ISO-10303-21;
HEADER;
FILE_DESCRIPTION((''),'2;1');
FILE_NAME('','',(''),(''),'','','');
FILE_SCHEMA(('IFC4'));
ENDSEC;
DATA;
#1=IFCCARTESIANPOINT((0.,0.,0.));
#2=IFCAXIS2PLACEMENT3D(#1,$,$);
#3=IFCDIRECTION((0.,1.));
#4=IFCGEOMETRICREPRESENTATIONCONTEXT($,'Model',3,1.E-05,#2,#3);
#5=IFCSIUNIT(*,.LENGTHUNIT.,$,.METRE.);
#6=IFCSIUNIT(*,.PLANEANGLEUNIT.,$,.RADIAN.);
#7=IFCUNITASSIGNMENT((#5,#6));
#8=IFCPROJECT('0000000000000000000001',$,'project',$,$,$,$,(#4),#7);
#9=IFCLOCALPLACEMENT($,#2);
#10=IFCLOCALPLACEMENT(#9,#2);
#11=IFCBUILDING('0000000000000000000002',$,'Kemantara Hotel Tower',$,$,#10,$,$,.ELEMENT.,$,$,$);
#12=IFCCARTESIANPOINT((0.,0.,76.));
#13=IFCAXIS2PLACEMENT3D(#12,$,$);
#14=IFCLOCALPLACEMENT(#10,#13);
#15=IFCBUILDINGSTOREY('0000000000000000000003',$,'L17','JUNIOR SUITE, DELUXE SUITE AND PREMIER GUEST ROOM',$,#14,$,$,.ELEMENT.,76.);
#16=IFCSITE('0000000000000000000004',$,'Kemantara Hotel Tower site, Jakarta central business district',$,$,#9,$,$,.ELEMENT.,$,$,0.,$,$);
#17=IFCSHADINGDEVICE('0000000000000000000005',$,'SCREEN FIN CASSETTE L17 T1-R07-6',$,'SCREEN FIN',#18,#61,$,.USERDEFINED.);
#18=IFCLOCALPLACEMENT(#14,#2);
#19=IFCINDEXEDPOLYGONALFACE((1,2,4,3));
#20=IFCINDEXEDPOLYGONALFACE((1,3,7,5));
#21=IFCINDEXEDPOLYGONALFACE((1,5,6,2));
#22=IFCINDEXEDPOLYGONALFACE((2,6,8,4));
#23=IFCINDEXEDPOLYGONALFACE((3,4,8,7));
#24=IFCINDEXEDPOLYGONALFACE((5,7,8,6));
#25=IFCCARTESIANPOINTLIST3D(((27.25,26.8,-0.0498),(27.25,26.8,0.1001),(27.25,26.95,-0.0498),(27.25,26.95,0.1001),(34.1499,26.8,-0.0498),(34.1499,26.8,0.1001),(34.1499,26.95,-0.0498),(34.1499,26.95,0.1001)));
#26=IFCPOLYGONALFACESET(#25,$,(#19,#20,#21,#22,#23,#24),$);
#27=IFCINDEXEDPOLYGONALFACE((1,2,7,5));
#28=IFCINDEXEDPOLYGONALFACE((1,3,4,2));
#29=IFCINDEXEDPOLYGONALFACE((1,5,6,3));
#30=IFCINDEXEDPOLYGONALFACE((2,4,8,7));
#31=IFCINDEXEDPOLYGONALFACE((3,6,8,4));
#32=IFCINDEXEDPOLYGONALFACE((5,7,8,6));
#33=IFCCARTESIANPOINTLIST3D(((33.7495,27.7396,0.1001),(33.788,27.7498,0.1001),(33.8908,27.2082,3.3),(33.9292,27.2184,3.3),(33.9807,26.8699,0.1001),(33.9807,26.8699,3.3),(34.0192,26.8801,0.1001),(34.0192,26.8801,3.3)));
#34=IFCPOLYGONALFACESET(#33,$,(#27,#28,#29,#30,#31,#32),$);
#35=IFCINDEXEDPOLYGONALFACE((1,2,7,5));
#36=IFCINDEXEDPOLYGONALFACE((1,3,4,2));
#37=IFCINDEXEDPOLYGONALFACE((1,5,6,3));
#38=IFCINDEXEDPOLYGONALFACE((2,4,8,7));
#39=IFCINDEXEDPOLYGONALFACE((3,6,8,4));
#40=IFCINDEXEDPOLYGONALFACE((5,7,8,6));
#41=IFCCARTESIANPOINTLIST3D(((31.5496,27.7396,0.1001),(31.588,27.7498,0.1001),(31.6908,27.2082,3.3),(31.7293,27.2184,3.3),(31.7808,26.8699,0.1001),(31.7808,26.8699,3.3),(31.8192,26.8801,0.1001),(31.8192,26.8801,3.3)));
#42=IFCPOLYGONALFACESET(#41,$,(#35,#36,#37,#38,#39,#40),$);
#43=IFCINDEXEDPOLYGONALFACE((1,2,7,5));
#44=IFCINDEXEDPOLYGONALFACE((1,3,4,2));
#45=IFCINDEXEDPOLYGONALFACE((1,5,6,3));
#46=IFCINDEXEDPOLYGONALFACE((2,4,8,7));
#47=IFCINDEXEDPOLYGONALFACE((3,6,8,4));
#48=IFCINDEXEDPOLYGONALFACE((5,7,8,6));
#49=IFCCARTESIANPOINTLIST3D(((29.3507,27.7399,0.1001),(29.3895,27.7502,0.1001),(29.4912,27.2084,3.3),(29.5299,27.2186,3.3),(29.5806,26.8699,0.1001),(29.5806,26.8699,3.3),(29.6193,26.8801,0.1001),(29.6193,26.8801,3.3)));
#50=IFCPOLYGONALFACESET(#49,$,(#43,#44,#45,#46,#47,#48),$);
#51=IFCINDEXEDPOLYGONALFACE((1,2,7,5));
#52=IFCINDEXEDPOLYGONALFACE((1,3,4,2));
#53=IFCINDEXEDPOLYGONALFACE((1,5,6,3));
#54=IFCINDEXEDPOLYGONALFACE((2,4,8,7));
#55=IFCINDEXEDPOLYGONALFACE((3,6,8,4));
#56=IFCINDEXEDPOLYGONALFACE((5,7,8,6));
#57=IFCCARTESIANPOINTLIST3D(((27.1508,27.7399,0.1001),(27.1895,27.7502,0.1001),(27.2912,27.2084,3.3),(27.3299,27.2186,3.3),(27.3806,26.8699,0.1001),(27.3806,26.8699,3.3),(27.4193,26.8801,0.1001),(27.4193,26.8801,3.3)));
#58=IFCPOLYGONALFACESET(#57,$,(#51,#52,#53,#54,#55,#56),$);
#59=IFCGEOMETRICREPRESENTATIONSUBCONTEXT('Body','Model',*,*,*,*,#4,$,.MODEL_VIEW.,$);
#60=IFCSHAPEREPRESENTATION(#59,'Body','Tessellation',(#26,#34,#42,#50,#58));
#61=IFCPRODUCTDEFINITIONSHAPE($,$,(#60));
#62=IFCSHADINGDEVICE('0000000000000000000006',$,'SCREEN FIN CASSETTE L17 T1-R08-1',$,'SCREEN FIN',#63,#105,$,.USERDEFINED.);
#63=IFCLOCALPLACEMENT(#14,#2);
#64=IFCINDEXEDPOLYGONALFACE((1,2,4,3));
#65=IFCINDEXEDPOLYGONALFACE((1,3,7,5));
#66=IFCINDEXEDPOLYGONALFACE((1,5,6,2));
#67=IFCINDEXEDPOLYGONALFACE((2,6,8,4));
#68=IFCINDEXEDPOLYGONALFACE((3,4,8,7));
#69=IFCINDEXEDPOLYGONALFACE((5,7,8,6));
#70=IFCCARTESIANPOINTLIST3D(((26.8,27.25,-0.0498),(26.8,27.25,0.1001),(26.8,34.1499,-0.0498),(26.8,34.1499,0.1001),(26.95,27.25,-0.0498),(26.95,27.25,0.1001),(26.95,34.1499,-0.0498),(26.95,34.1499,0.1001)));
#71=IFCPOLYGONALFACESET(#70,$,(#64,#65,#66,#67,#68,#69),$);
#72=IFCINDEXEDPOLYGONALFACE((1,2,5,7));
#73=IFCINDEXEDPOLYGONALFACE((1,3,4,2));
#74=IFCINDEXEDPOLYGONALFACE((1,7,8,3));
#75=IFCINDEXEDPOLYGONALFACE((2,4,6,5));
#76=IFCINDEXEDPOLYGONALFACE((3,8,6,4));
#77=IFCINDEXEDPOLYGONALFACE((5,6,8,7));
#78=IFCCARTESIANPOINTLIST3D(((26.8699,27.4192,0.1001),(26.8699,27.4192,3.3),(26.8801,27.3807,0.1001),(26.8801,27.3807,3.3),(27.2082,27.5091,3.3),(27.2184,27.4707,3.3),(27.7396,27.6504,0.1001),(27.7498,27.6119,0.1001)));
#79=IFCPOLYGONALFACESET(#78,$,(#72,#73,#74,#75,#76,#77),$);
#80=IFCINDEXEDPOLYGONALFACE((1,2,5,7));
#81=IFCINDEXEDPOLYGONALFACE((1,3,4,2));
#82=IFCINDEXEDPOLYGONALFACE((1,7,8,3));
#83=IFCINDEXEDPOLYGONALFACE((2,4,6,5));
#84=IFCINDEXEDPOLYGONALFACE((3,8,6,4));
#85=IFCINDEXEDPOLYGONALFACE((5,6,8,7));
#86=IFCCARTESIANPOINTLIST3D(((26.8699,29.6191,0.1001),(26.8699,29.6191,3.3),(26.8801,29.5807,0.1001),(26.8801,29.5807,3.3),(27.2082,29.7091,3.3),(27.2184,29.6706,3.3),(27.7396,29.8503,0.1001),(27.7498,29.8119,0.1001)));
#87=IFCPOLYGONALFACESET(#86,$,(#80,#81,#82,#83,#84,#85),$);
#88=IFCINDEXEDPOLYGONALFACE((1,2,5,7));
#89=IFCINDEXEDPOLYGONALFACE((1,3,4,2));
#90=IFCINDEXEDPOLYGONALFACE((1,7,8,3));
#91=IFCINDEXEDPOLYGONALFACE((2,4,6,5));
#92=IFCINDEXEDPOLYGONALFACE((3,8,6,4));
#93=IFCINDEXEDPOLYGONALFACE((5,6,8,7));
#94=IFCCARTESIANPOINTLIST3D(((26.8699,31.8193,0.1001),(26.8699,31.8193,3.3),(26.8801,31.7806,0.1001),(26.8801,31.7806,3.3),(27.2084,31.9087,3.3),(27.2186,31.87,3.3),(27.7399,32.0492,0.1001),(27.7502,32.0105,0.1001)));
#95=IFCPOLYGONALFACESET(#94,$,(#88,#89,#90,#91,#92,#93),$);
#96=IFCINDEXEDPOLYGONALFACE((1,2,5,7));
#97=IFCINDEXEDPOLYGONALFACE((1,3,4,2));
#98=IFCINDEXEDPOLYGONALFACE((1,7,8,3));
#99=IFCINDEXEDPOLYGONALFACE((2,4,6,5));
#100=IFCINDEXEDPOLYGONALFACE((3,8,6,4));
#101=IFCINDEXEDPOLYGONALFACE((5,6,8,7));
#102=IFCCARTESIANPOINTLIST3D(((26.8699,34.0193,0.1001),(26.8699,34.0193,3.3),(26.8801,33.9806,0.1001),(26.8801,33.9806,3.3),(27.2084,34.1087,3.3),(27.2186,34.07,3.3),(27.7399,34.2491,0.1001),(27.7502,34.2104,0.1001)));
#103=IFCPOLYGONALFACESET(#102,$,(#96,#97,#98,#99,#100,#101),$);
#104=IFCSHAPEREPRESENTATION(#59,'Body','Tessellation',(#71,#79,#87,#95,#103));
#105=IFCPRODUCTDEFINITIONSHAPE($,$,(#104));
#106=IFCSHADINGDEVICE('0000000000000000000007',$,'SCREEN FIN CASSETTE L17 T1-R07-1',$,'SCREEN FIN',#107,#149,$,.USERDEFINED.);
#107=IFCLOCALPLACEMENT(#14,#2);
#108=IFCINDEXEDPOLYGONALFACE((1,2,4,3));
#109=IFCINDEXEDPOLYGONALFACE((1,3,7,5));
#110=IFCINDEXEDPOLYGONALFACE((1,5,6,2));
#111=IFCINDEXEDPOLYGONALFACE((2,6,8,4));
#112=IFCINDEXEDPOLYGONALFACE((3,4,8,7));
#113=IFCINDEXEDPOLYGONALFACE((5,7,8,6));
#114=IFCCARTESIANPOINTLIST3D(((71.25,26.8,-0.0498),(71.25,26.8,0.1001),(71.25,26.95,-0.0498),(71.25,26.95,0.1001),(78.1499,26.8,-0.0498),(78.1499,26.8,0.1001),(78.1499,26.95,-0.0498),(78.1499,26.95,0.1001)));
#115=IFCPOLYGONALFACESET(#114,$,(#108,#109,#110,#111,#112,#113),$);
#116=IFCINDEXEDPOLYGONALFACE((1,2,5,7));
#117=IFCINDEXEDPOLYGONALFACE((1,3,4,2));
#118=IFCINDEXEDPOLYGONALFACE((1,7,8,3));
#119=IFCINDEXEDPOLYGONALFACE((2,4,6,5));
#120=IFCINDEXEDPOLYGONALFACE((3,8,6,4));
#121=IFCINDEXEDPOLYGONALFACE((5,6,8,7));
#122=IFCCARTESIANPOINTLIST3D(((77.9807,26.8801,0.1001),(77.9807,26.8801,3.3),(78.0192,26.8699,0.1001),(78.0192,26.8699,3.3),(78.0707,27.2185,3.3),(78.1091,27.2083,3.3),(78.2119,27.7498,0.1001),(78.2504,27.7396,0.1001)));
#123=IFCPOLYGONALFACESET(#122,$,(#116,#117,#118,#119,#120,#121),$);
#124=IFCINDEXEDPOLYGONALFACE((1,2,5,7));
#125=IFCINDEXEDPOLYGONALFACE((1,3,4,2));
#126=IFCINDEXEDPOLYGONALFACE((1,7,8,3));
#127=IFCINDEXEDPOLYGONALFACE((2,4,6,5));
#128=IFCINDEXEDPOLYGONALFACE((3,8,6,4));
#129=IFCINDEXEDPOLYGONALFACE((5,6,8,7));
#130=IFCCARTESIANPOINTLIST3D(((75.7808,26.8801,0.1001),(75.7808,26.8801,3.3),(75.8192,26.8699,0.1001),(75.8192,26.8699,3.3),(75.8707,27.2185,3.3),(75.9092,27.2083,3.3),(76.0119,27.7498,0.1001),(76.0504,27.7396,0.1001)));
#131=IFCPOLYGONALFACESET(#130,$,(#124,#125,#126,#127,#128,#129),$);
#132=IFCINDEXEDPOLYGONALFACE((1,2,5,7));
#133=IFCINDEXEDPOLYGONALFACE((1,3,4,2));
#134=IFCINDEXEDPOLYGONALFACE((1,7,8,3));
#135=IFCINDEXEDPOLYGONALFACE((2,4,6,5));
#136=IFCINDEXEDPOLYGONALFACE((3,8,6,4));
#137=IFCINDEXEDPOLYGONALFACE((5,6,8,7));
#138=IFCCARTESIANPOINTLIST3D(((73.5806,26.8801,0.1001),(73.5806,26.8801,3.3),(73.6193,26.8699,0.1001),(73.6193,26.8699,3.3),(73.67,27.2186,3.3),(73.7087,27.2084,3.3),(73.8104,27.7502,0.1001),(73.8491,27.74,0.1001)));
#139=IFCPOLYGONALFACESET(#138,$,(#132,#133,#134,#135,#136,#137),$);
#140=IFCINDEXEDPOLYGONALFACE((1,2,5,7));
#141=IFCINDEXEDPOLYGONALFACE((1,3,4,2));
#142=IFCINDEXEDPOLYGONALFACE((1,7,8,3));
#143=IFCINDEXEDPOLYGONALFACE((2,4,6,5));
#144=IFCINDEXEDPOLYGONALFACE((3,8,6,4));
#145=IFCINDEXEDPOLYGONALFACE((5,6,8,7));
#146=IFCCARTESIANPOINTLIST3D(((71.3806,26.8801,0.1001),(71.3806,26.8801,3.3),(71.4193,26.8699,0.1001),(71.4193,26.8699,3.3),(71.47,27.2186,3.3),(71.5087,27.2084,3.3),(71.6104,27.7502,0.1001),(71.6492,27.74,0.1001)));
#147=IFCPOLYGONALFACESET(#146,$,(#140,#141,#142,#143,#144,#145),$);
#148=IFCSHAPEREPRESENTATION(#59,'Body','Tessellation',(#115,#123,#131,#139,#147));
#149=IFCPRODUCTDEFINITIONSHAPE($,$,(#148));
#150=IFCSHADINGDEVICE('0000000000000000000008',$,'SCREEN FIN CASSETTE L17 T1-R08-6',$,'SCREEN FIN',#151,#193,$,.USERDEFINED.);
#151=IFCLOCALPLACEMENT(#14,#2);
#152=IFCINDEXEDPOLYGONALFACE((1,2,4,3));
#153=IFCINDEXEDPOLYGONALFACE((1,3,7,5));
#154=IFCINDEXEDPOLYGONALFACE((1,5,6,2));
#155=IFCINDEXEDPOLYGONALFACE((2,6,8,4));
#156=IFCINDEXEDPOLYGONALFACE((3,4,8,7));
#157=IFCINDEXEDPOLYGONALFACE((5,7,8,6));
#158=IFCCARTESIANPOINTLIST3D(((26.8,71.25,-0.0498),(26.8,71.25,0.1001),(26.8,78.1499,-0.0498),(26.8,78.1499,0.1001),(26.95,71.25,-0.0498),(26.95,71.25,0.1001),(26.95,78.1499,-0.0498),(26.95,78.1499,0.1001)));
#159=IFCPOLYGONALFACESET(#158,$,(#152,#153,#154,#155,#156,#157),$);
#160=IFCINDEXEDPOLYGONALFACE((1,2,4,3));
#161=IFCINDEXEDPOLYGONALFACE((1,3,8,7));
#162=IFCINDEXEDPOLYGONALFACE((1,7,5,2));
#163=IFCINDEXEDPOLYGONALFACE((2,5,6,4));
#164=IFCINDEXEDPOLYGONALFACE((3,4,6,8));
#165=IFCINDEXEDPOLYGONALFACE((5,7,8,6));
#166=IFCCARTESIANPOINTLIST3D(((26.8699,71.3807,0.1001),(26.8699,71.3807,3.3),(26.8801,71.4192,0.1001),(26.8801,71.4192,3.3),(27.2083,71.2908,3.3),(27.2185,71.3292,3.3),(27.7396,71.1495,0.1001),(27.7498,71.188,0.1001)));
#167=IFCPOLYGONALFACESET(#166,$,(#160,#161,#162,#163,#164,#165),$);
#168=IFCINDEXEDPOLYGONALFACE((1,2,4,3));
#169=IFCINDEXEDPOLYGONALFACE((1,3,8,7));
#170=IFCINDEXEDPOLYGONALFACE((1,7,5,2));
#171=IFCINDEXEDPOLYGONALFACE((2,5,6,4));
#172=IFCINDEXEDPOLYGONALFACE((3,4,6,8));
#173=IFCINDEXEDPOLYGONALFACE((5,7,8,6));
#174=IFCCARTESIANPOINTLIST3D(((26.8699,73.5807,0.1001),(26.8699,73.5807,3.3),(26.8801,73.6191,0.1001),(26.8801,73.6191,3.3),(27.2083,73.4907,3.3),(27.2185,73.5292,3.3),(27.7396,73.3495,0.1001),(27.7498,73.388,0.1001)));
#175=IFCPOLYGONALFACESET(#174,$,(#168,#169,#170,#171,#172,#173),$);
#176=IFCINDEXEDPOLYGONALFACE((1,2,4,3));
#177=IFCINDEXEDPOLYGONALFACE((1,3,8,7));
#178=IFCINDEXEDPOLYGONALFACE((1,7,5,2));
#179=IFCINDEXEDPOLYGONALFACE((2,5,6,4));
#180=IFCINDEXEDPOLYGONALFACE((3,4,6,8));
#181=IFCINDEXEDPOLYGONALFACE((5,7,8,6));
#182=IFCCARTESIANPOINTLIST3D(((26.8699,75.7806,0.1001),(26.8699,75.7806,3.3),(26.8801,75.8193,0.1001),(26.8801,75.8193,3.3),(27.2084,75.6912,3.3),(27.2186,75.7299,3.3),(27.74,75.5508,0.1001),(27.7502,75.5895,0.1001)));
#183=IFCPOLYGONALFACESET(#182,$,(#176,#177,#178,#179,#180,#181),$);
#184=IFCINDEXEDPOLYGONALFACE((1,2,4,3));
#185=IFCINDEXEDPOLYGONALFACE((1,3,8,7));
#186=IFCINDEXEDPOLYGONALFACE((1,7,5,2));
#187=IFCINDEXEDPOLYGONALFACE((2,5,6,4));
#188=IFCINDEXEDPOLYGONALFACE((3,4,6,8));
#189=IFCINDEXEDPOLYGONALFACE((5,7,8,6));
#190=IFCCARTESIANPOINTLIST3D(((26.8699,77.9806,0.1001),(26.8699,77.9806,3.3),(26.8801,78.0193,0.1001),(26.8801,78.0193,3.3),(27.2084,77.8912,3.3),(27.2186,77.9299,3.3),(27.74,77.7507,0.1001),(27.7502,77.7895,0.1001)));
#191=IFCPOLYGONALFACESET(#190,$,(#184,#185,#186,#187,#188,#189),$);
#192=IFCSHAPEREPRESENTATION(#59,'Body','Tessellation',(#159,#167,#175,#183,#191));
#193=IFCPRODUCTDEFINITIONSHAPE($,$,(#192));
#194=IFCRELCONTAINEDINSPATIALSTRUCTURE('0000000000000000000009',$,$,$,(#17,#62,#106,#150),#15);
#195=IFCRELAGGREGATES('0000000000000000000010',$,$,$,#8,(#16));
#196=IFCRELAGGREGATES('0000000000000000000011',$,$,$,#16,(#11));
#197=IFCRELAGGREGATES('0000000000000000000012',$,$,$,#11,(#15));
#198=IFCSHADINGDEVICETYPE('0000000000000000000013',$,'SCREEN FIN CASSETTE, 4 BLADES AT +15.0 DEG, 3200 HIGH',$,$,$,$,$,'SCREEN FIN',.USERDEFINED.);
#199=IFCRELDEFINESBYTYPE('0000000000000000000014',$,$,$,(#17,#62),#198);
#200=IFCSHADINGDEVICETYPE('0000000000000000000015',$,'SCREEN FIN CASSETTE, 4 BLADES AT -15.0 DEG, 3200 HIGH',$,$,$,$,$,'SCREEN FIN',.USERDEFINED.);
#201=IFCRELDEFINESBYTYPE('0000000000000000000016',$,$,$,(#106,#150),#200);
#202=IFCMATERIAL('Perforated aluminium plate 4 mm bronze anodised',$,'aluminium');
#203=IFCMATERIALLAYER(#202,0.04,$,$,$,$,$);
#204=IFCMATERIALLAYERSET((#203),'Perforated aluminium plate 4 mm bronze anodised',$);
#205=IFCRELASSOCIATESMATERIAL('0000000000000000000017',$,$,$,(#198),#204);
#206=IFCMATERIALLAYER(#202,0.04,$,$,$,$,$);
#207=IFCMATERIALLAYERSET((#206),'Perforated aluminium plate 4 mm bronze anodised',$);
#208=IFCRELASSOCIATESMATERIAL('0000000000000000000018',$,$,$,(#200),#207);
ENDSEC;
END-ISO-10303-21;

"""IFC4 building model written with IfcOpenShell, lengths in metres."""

from ifc_helpers import new_model, si_unit, direction, frame, origin, origin_2d, place, context, subcontext, project, spatial, polyline, rectangle, outline, extrude, source, transform, mapped, material, layer, layer_set, type_object, element, save


model = new_model("IFC4")

# Units and contexts
model_context = context("Model", 3, precision=1e-05, world=origin(), true_north=direction((0.0, 1.0)))
body_context = subcontext(model_context, "Body", "Model", "MODEL_VIEW")
ifc_project = project(units=[si_unit("LENGTHUNIT", "METRE"), si_unit("PLANEANGLEUNIT", "RADIAN")], contexts=[model_context])

# Site, building, storey
site_placement = place(None, origin())
site = spatial("IfcSite", under=ifc_project, at=site_placement, Name="Kemantara Hotel Tower site, Jakarta central business district", CompositionType="ELEMENT", RefElevation=0.0)
building_placement = place(site_placement, origin())
building = spatial("IfcBuilding", under=site, at=building_placement, Name="Kemantara Hotel Tower", CompositionType="ELEMENT")
storey_placement = place(building_placement, frame((0.0, 0.0, 76.0)))
storey = spatial("IfcBuildingStorey", under=building, at=storey_placement, Name="L17", Description="JUNIOR SUITE, DELUXE SUITE AND PREMIER GUEST ROOM", CompositionType="ELEMENT", Elevation=76.0)

# Shading devices
ifc_material_1 = material(Name="Perforated aluminium plate 4 mm bronze anodised", Category="aluminium")
ifc_layer_1 = layer(ifc_material_1, 0.04)
ifc_layer_set_1 = layer_set([ifc_layer_1], Name="Perforated aluminium plate 4 mm bronze anodised")
shading_device_type_1 = type_object("IfcShadingDeviceType", Name="SCREEN FIN CASSETTE, 4 BLADES AT +15.0 DEG, 3200 HIGH", ElementType="SCREEN FIN", PredefinedType="USERDEFINED", material=ifc_layer_set_1)
shared_shape_1 = source(origin(), body_context, "Body", "SweptSolid", [
    extrude(rectangle(XDim=6.8999, YDim=0.1499, at=origin_2d()), frame((3.3, -0.075, -0.1499), z_axis=(0.0, 0.0, 1.0), x_axis=(1.0, 0.0, 0.0)), (0.0, 0.0, 1.0), 0.1499),
    extrude(outline(polyline([(0.0, 0.0), (0.8999, 0.0), (0.3501, 3.2), (0.0, 3.2), (0.0, 0.0)])), frame((0.0193, -0.0698, 0.0), z_axis=(-0.966438, -0.256901, 0.0), x_axis=(0.256901, -0.966438, 0.0)), (0.0, 0.0, 1.0), 0.0398),
    extrude(outline(polyline([(0.0, 0.0), (0.8999, 0.0), (0.3501, 3.2), (0.0, 3.2), (0.0, 0.0)])), frame((2.2192, -0.0698, 0.0), z_axis=(-0.966438, -0.256901, 0.0), x_axis=(0.256901, -0.966438, 0.0)), (0.0, 0.0, 1.0), 0.0398),
    extrude(outline(polyline([(0.0, 0.0), (0.8999, 0.0), (0.3501, 3.2), (0.0, 3.2), (0.0, 0.0)])), frame((4.4194, -0.0698, 0.0), z_axis=(-0.966838, -0.255391, 0.0), x_axis=(0.255391, -0.966838, 0.0)), (0.0, 0.0, 1.0), 0.04),
    extrude(outline(polyline([(0.0, 0.0), (0.8999, 0.0), (0.3501, 3.2), (0.0, 3.2), (0.0, 0.0)])), frame((6.6194, -0.0698, 0.0), z_axis=(-0.966838, -0.255391, 0.0), x_axis=(0.255391, -0.966838, 0.0)), (0.0, 0.0, 1.0), 0.04),
])
for number, where, z_axis, x_axis, name in (
    (1, (34.0, 26.8, 0.1001), (0.0, 0.0, 1.0), (-1.0, 0.0, 0.0), "SCREEN FIN CASSETTE L17 T1-R07-6"),
    (2, (26.8, 27.3999, 0.1001), (0.0, 0.0, 1.0), (0.0, 1.0, 0.0), "SCREEN FIN CASSETTE L17 T1-R08-1"),
):
    element("IfcShadingDevice", number, at=place(storey_placement, frame(where, z_axis=z_axis, x_axis=x_axis)), inside=storey, type_object=shading_device_type_1, Name=name, ObjectType="SCREEN FIN", PredefinedType="USERDEFINED", context=body_context, shape_type="MappedRepresentation", body=[
        mapped(shared_shape_1, transform((0.0, 0.0, 0.0))),
    ])
ifc_layer_2 = layer(ifc_material_1, 0.04)
ifc_layer_set_2 = layer_set([ifc_layer_2], Name="Perforated aluminium plate 4 mm bronze anodised")
shading_device_type_2 = type_object("IfcShadingDeviceType", Name="SCREEN FIN CASSETTE, 4 BLADES AT -15.0 DEG, 3200 HIGH", ElementType="SCREEN FIN", PredefinedType="USERDEFINED", material=ifc_layer_set_2)
shared_shape_2 = source(origin(), body_context, "Body", "SweptSolid", [
    extrude(rectangle(XDim=6.8999, YDim=0.1499, at=origin_2d()), frame((3.3, -0.075, -0.1499), z_axis=(0.0, 0.0, 1.0), x_axis=(1.0, 0.0, 0.0)), (0.0, 0.0, 1.0), 0.1499),
    extrude(outline(polyline([(0.0, 0.0), (0.8999, 0.0), (0.3501, 3.2), (0.0, 3.2), (0.0, 0.0)])), frame((0.0193, -0.0801, 0.0), z_axis=(-0.966438, 0.256901, 0.0), x_axis=(-0.256901, -0.966438, 0.0)), (0.0, 0.0, 1.0), 0.0398),
    extrude(outline(polyline([(0.0, 0.0), (0.8999, 0.0), (0.3501, 3.2), (0.0, 3.2), (0.0, 0.0)])), frame((2.2192, -0.0801, 0.0), z_axis=(-0.966438, 0.256901, 0.0), x_axis=(-0.256901, -0.966438, 0.0)), (0.0, 0.0, 1.0), 0.0398),
    extrude(outline(polyline([(0.0, 0.0), (0.8999, 0.0), (0.3501, 3.2), (0.0, 3.2), (0.0, 0.0)])), frame((4.4194, -0.0801, 0.0), z_axis=(-0.966838, 0.255391, 0.0), x_axis=(-0.255391, -0.966838, 0.0)), (0.0, 0.0, 1.0), 0.04),
    extrude(outline(polyline([(0.0, 0.0), (0.8999, 0.0), (0.3501, 3.2), (0.0, 3.2), (0.0, 0.0)])), frame((6.6194, -0.0801, 0.0), z_axis=(-0.966838, 0.255391, 0.0), x_axis=(-0.255391, -0.966838, 0.0)), (0.0, 0.0, 1.0), 0.04),
])
for number, where, z_axis, x_axis, name in (
    (3, (78.0, 26.8, 0.1001), (0.0, 0.0, 1.0), (-1.0, 0.0, 0.0), "SCREEN FIN CASSETTE L17 T1-R07-1"),
    (4, (26.8, 71.3999, 0.1001), (0.0, 0.0, 1.0), (0.0, 1.0, 0.0), "SCREEN FIN CASSETTE L17 T1-R08-6"),
):
    element("IfcShadingDevice", number, at=place(storey_placement, frame(where, z_axis=z_axis, x_axis=x_axis)), inside=storey, type_object=shading_device_type_2, Name=name, ObjectType="SCREEN FIN", PredefinedType="USERDEFINED", context=body_context, shape_type="MappedRepresentation", body=[
        mapped(shared_shape_2, transform((0.0, 0.0, 0.0))),
    ])

save(model, "model.ifc")
